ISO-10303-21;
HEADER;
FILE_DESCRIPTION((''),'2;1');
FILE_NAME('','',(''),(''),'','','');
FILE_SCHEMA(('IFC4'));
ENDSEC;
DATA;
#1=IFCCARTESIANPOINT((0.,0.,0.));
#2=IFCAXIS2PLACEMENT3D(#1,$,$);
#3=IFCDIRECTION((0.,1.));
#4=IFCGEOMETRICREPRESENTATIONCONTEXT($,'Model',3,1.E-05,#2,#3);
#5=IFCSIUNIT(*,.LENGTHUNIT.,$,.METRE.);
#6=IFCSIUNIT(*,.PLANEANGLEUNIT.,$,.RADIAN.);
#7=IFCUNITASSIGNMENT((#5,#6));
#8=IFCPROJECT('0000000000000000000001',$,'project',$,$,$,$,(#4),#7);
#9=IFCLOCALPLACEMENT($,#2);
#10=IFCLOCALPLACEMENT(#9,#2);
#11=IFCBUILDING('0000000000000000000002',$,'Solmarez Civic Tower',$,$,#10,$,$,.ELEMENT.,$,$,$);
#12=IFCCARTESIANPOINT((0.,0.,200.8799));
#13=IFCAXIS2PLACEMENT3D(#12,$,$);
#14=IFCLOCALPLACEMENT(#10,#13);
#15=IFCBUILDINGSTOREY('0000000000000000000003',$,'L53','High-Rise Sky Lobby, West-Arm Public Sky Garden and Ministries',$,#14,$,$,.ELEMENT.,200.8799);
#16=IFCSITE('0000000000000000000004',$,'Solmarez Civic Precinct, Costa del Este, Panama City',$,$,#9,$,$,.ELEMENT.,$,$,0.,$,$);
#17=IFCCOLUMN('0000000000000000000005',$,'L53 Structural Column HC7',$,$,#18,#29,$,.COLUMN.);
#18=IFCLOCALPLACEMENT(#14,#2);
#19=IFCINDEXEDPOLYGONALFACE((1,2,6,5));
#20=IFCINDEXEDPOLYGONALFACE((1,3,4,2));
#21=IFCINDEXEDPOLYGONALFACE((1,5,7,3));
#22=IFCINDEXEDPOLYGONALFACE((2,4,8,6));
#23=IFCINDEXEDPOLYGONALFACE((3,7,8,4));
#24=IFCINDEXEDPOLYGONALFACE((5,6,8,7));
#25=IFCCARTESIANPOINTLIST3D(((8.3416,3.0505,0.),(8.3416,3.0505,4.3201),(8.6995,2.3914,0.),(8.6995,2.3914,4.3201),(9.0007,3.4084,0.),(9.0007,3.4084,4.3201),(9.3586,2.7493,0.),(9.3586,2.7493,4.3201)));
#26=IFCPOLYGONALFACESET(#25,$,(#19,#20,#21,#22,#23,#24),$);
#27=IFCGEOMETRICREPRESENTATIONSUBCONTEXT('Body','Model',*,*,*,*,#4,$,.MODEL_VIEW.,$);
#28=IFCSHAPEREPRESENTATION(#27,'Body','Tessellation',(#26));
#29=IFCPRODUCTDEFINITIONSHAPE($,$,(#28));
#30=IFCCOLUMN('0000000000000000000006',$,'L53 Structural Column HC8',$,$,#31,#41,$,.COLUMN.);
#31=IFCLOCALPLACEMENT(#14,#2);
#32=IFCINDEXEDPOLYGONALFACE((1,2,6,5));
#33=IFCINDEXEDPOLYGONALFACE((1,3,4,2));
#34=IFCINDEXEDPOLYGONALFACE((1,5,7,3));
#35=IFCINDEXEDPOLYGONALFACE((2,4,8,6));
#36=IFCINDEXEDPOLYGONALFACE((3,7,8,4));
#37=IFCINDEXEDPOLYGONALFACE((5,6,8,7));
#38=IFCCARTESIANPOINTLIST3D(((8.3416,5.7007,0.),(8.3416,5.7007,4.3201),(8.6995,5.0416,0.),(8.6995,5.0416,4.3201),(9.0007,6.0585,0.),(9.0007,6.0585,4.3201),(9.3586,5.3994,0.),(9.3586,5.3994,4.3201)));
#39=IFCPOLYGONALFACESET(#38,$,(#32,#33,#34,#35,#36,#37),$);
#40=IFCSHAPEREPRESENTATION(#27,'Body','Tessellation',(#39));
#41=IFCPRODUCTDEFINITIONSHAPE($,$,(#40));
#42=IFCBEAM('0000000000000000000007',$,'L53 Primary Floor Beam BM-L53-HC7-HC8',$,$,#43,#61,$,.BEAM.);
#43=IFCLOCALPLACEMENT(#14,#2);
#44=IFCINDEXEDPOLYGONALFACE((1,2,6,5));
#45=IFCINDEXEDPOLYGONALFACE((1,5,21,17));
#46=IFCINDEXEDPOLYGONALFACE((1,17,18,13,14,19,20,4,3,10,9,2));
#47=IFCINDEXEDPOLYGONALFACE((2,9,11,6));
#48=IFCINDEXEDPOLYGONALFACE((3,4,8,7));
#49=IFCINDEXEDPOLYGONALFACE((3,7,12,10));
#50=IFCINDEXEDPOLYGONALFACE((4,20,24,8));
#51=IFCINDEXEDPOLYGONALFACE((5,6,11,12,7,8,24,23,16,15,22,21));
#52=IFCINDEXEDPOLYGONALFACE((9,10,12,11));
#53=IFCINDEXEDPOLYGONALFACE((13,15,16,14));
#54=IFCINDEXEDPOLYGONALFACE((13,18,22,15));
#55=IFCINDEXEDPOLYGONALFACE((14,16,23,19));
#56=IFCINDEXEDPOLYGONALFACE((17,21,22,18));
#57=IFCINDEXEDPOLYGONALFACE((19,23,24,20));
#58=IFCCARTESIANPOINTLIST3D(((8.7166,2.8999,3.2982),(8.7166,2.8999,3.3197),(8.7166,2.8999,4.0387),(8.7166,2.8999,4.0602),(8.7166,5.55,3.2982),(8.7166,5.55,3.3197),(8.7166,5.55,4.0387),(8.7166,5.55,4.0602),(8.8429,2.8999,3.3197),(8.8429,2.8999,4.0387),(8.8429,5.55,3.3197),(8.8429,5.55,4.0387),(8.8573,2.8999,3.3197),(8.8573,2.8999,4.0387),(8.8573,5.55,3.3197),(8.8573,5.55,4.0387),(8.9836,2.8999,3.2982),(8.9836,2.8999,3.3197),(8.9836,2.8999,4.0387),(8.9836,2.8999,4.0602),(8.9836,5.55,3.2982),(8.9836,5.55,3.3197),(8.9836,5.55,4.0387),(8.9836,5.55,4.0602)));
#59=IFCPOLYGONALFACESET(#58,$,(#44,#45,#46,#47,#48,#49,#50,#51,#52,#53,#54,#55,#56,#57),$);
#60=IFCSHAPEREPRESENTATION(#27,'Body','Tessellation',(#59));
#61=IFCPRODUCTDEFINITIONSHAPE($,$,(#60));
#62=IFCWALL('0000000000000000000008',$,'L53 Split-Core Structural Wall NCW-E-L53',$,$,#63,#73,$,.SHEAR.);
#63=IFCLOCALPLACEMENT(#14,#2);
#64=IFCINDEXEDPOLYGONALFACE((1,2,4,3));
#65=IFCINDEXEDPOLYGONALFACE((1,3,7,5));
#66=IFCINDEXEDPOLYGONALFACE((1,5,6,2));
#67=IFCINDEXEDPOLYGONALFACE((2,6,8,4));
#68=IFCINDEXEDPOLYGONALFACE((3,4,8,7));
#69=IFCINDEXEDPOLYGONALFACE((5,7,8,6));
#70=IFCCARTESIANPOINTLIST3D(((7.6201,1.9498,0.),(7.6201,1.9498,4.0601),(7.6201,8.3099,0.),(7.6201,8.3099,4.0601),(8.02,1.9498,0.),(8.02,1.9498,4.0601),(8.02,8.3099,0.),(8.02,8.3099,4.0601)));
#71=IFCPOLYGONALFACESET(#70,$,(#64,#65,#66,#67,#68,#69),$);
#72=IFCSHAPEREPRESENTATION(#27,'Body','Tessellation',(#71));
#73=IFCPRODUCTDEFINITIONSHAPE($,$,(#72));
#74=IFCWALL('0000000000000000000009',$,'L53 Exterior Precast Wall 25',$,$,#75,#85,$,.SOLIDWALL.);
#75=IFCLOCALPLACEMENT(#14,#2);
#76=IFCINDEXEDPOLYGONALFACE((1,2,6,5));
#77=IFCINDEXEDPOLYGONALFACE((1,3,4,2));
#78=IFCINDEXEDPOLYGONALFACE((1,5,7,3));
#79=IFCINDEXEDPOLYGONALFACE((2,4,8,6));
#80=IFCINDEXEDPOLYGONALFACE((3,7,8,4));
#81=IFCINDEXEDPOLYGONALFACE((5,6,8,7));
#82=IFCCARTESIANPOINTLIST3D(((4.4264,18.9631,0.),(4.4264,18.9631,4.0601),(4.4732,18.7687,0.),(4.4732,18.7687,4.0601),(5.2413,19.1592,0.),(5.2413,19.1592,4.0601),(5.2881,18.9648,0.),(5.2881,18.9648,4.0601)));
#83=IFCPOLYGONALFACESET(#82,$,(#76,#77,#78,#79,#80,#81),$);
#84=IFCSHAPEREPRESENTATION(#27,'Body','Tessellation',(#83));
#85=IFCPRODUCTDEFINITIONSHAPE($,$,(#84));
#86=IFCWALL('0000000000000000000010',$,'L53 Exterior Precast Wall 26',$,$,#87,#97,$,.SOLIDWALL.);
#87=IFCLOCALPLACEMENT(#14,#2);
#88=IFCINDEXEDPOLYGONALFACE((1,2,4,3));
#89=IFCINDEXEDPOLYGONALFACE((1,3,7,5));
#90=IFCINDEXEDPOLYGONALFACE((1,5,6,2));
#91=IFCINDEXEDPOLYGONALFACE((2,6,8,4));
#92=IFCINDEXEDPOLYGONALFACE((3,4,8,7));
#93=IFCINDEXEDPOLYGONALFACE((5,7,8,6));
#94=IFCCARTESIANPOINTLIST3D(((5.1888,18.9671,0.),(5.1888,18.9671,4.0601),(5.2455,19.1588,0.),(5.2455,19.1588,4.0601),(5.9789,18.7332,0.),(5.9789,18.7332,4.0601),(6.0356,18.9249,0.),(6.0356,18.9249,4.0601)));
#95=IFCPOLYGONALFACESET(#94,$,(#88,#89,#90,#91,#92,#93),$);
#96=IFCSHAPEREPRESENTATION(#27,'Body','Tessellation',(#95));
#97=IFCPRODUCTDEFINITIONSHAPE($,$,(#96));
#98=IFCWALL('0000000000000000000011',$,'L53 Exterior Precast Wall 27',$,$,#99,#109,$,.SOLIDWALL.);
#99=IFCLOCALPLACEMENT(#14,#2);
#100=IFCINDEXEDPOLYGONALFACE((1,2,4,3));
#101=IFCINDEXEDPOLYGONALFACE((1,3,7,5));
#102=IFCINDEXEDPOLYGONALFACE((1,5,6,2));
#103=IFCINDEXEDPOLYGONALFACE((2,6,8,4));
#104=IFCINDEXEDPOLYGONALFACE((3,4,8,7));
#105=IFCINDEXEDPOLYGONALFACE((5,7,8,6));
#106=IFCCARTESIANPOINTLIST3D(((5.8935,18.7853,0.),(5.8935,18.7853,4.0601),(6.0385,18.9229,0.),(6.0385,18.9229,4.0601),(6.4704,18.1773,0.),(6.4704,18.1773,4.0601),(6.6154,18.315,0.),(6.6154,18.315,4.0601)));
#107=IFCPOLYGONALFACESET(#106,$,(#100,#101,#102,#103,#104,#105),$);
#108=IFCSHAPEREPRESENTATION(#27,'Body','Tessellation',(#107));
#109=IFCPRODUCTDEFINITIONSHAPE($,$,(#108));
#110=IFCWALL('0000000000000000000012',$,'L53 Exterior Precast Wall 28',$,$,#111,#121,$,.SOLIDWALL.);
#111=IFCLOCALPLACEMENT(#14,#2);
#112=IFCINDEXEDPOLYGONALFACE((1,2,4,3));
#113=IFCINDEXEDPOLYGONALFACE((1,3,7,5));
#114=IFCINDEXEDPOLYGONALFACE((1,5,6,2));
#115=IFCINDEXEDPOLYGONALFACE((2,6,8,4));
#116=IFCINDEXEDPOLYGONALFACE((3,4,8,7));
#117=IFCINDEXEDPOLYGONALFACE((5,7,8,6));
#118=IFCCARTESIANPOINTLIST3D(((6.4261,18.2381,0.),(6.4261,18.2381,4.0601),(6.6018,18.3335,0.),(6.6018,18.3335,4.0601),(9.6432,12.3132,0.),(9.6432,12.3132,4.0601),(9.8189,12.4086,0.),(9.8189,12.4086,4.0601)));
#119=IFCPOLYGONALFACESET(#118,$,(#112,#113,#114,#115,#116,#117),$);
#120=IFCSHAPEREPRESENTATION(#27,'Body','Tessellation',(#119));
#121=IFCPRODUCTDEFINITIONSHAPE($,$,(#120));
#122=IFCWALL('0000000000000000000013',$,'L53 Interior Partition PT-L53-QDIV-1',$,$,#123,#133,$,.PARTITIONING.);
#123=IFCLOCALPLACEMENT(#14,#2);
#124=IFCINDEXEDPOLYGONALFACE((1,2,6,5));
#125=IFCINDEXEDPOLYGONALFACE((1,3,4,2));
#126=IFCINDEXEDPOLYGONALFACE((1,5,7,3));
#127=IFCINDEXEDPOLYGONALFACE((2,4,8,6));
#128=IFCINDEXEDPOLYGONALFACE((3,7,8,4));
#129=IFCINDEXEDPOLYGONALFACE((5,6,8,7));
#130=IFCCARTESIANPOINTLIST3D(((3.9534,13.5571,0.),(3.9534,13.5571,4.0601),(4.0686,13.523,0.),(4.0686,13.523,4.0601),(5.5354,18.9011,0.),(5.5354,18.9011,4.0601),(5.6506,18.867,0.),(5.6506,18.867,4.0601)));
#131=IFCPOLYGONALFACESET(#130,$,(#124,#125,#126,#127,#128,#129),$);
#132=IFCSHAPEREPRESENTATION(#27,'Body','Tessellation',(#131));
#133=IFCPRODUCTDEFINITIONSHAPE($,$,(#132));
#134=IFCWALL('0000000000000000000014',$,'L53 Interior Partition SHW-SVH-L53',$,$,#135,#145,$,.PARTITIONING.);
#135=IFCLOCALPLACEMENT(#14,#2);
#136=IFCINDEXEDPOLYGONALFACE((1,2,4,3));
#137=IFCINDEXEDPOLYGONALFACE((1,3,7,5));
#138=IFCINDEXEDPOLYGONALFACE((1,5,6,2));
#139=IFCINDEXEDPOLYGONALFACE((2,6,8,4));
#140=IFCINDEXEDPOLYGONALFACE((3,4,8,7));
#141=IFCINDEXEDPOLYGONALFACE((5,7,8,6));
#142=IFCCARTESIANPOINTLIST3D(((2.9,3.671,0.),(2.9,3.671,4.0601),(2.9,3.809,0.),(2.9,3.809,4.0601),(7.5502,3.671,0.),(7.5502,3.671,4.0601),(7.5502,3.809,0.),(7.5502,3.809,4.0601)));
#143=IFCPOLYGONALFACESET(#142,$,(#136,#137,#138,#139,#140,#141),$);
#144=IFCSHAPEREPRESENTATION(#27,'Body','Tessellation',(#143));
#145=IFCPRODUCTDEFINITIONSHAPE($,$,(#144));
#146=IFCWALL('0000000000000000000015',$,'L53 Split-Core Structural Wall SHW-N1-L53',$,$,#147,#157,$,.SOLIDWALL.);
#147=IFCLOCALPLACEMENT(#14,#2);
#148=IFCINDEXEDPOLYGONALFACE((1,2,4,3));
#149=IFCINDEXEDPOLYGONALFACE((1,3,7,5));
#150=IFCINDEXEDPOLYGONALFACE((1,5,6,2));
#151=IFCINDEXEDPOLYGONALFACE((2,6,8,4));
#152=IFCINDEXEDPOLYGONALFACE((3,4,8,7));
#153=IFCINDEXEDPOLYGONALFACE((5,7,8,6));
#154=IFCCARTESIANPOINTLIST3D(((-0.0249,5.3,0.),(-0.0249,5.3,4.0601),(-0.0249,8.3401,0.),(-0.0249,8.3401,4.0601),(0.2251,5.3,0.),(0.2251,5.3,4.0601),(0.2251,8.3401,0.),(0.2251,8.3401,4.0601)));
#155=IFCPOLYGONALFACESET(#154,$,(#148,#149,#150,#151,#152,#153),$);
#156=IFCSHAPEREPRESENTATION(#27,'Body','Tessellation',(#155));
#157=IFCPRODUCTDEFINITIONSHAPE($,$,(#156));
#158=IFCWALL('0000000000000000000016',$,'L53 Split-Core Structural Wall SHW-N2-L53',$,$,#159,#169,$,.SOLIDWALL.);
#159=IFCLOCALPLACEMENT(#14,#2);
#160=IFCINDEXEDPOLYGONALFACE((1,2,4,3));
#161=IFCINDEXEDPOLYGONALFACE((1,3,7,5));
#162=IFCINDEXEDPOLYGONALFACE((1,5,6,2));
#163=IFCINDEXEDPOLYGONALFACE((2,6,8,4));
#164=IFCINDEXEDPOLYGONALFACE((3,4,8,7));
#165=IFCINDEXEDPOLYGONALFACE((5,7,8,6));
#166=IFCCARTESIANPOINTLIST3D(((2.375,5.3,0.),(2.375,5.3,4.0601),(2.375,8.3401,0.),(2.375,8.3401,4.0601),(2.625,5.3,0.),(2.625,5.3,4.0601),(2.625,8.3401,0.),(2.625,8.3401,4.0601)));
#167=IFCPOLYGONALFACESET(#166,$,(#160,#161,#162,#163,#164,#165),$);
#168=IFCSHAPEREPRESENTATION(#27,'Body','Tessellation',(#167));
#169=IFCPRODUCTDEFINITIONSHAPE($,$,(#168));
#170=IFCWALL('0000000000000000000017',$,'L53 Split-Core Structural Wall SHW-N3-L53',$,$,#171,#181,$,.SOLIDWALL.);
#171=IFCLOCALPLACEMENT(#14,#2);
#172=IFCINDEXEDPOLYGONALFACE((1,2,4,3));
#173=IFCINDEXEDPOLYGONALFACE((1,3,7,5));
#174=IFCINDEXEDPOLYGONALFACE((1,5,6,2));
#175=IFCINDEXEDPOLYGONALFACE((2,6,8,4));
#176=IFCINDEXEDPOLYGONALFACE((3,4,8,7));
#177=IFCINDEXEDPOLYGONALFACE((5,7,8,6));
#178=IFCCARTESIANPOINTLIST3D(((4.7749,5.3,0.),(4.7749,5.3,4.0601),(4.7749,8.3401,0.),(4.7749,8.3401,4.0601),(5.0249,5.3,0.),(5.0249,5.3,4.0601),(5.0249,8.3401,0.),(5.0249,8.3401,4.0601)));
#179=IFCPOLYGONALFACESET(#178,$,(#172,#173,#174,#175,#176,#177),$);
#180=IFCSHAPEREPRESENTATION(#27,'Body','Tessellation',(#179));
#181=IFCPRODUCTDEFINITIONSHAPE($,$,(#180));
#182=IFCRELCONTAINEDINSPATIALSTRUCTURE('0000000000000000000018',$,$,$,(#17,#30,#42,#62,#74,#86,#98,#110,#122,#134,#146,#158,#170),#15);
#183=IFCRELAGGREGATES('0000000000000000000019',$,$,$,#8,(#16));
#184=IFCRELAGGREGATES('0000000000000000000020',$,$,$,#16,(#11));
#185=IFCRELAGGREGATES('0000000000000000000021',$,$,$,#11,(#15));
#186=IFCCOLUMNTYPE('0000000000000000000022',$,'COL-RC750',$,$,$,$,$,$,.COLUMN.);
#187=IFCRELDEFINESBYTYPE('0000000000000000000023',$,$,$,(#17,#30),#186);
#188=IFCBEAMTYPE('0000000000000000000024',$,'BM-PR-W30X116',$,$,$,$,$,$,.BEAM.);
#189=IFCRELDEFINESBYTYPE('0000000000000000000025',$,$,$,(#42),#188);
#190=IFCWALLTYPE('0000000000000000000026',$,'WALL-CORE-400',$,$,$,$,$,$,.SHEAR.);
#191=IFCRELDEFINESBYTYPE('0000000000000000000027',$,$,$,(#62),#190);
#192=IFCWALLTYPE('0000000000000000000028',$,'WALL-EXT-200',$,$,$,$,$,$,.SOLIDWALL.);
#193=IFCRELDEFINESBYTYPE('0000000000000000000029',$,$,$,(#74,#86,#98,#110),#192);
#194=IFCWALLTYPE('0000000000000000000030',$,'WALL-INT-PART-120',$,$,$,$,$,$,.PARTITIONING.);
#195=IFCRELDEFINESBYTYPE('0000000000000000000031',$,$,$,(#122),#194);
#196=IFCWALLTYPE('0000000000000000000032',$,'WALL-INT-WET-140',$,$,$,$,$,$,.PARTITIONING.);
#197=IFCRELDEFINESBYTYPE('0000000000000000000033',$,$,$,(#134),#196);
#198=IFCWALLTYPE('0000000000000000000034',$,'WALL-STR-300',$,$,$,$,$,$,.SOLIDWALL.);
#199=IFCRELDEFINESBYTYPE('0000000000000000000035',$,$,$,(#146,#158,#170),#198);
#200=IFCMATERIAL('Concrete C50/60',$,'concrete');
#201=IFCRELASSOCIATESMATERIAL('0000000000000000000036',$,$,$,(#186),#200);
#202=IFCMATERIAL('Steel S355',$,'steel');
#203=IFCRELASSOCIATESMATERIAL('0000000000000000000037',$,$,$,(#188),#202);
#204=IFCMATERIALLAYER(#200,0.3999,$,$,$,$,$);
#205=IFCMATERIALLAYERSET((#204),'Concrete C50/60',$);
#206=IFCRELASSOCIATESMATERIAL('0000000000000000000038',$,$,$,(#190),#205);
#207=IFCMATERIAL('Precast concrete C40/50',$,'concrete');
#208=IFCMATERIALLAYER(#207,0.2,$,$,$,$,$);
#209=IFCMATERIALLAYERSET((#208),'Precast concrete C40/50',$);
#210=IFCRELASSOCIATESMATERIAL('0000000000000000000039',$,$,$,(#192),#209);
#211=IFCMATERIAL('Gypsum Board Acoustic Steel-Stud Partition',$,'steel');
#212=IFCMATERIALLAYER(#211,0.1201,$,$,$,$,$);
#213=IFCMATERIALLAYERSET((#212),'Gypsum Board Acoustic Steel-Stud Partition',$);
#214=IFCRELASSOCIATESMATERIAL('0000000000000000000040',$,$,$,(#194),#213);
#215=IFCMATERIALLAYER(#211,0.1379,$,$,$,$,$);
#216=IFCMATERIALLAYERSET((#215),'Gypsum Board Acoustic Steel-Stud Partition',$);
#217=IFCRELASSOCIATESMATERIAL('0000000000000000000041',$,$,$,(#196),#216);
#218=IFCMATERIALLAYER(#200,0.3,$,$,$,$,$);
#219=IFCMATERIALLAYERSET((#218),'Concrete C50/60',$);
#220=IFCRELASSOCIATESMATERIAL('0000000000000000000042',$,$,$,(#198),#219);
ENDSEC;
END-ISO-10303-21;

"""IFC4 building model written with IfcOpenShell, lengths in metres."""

from ifc_helpers import new_model, si_unit, direction, frame, frame_2d, origin, origin_2d, place, context, subcontext, project, spatial, rectangle, i_section, extrude, material, layer, layer_set, material_profile, profile_set, type_object, element, save


model = new_model("IFC4")

# Units and contexts
model_context = context("Model", 3, precision=1e-05, world=origin(), true_north=direction((0.0, 1.0)))
body_context = subcontext(model_context, "Body", "Model", "MODEL_VIEW")
ifc_project = project(units=[si_unit("LENGTHUNIT", "METRE"), si_unit("PLANEANGLEUNIT", "RADIAN")], contexts=[model_context])

# Site, building, storey
site_placement = place(None, origin())
site = spatial("IfcSite", under=ifc_project, at=site_placement, Name="Solmarez Civic Precinct, Costa del Este, Panama City", CompositionType="ELEMENT", RefElevation=0.0)
building_placement = place(site_placement, origin())
building = spatial("IfcBuilding", under=site, at=building_placement, Name="Solmarez Civic Tower", CompositionType="ELEMENT")
storey_placement = place(building_placement, frame((0.0, 0.0, 200.8799)))
storey = spatial("IfcBuildingStorey", under=building, at=storey_placement, Name="L53", Description="High-Rise Sky Lobby, West-Arm Public Sky Garden and Ministries", CompositionType="ELEMENT", Elevation=200.8799)

# Columns
ifc_material_1 = material(Name="Concrete C50/60", Category="concrete")
ifc_material_profile_1 = material_profile(ifc_material_1, rectangle(XDim=0.75, YDim=0.75, at=origin_2d()), Name="RC750X750")
ifc_profile_set_1 = profile_set([ifc_material_profile_1], Name="Concrete C50/60")
column_type = type_object("IfcColumnType", Name="COL-RC750", PredefinedType="COLUMN", material=ifc_profile_set_1)
for number, where, z_axis, x_axis, name in (
    (1, (8.8501, 2.8999, 0.0), (0.0, 0.0, 1.0), (0.878817, 0.477159, 0.0), "L53 Structural Column HC7"),
    (2, (8.8501, 5.55, 0.0), (0.0, 0.0, 1.0), (0.878817, 0.477159, 0.0), "L53 Structural Column HC8"),
):
    element("IfcColumn", number, at=place(storey_placement, frame(where, z_axis=z_axis, x_axis=x_axis)), inside=storey, type_object=column_type, Name=name, PredefinedType="COLUMN", context=body_context, shape_type="SweptSolid", body=[
        extrude(rectangle(XDim=0.75, YDim=0.75, at=origin_2d()), origin(), (0.0, 0.0, 1.0), 4.3201),
    ])

# Beam
ifc_material_2 = material(Name="Steel S355", Category="steel")
ifc_material_profile_2 = material_profile(ifc_material_2, i_section(OverallWidth=0.2671, OverallDepth=0.762, WebThickness=0.0144, FlangeThickness=0.0215, at=origin_2d()), Name="W30X116")
ifc_profile_set_2 = profile_set([ifc_material_profile_2], Name="Steel S355")
beam_type = type_object("IfcBeamType", Name="BM-PR-W30X116", PredefinedType="BEAM", material=ifc_profile_set_2)
beam_placement = place(storey_placement, frame((8.8501, 2.8999, 3.6792), z_axis=(0.0, 1.0, 0.0), x_axis=(-1.0, 0.0, 0.0)))
element("IfcBeam", 3, at=beam_placement, inside=storey, type_object=beam_type, Name="L53 Primary Floor Beam BM-L53-HC7-HC8", PredefinedType="BEAM", context=body_context, shape_type="SweptSolid", body=[
    extrude(i_section(OverallWidth=0.2671, OverallDepth=0.762, WebThickness=0.0144, FlangeThickness=0.0215, at=origin_2d()), origin(), (0.0, 0.0, 1.0), 2.6501),
])

# Walls
ifc_layer_1 = layer(ifc_material_1, 0.3999)
ifc_layer_set_1 = layer_set([ifc_layer_1], Name="Concrete C50/60")
wall_type_1 = type_object("IfcWallType", Name="WALL-CORE-400", PredefinedType="SHEAR", material=ifc_layer_set_1)
wall_1_placement = place(storey_placement, frame((7.8201, 8.3101, 0.0), z_axis=(0.0, 0.0, 1.0), x_axis=(0.0, -1.0, 0.0)))
element("IfcWall", 4, at=wall_1_placement, inside=storey, type_object=wall_type_1, Name="L53 Split-Core Structural Wall NCW-E-L53", PredefinedType="SHEAR", context=body_context, shape_type="SweptSolid", body=[
    extrude(rectangle(XDim=6.3601, YDim=0.3999, at=frame_2d((3.1802, 0.0))), origin(), (0.0, 0.0, 1.0), 4.0601),
])
ifc_material_3 = material(Name="Precast concrete C40/50", Category="concrete")
ifc_layer_2 = layer(ifc_material_3, 0.2)
ifc_layer_set_2 = layer_set([ifc_layer_2], Name="Precast concrete C40/50")
wall_type_2 = type_object("IfcWallType", Name="WALL-EXT-200", PredefinedType="SOLIDWALL", material=ifc_layer_set_2)
wall_2_placement = place(storey_placement, frame((4.45, 18.866, 0.0), z_axis=(0.0, 0.0, 1.0), x_axis=(0.972263, 0.233891, 0.0)))
element("IfcWall", 5, at=wall_2_placement, inside=storey, type_object=wall_type_2, Name="L53 Exterior Precast Wall 25", PredefinedType="SOLIDWALL", context=body_context, shape_type="SweptSolid", body=[
    extrude(rectangle(XDim=0.8381, YDim=0.2, at=frame_2d((0.4189, 0.0))), origin(), (0.0, 0.0, 1.0), 4.0601),
])
wall_3_placement = place(storey_placement, frame((5.217, 19.063, 0.0), z_axis=(0.0, 0.0, 1.0), x_axis=(0.958864, -0.283866, 0.0)))
element("IfcWall", 6, at=wall_3_placement, inside=storey, type_object=wall_type_2, Name="L53 Exterior Precast Wall 26", PredefinedType="SOLIDWALL", context=body_context, shape_type="SweptSolid", body=[
    extrude(rectangle(XDim=0.824, YDim=0.2, at=frame_2d((0.4121, 0.0))), origin(), (0.0, 0.0, 1.0), 4.0601),
])
wall_4_placement = place(storey_placement, frame((5.9661, 18.854, 0.0), z_axis=(0.0, 0.0, 1.0), x_axis=(0.688367, -0.725363, 0.0)))
element("IfcWall", 7, at=wall_4_placement, inside=storey, type_object=wall_type_2, Name="L53 Exterior Precast Wall 27", PredefinedType="SOLIDWALL", context=body_context, shape_type="SweptSolid", body=[
    extrude(rectangle(XDim=0.8381, YDim=0.2, at=frame_2d((0.4189, 0.0))), origin(), (0.0, 0.0, 1.0), 4.0601),
])
wall_5_placement = place(storey_placement, frame((6.5139, 18.2859, 0.0), z_axis=(0.0, 0.0, 1.0), x_axis=(0.477174, -0.878809, 0.0)))
element("IfcWall", 8, at=wall_5_placement, inside=storey, type_object=wall_type_2, Name="L53 Exterior Precast Wall 28", PredefinedType="SOLIDWALL", context=body_context, shape_type="SweptSolid", body=[
    extrude(rectangle(XDim=6.7419, YDim=0.2, at=frame_2d((3.3711, 0.0))), origin(), (0.0, 0.0, 1.0), 4.0601),
])
ifc_material_4 = material(Name="Gypsum Board Acoustic Steel-Stud Partition", Category="steel")
ifc_layer_3 = layer(ifc_material_4, 0.1201)
ifc_layer_set_3 = layer_set([ifc_layer_3], Name="Gypsum Board Acoustic Steel-Stud Partition")
wall_type_3 = type_object("IfcWallType", Name="WALL-INT-PART-120", PredefinedType="PARTITIONING", material=ifc_layer_set_3)
wall_6_placement = place(storey_placement, frame((4.011, 13.54, 0.0), z_axis=(0.0, 0.0, 1.0), x_axis=(0.283862, 0.958865, 0.0)))
element("IfcWall", 9, at=wall_6_placement, inside=storey, type_object=wall_type_3, Name="L53 Interior Partition PT-L53-QDIV-1", PredefinedType="PARTITIONING", context=body_context, shape_type="SweptSolid", body=[
    extrude(rectangle(XDim=5.5732, YDim=0.1201, at=frame_2d((2.7866, 0.0))), origin(), (0.0, 0.0, 1.0), 4.0601),
])
ifc_layer_4 = layer(ifc_material_4, 0.1379)
ifc_layer_set_4 = layer_set([ifc_layer_4], Name="Gypsum Board Acoustic Steel-Stud Partition")
wall_type_4 = type_object("IfcWallType", Name="WALL-INT-WET-140", PredefinedType="PARTITIONING", material=ifc_layer_set_4)
wall_7_placement = place(storey_placement, frame((2.8999, 3.74, 0.0), z_axis=(0.0, 0.0, 1.0), x_axis=(1.0, 0.0, 0.0)))
element("IfcWall", 10, at=wall_7_placement, inside=storey, type_object=wall_type_4, Name="L53 Interior Partition SHW-SVH-L53", PredefinedType="PARTITIONING", context=body_context, shape_type="SweptSolid", body=[
    extrude(rectangle(XDim=4.6501, YDim=0.1379, at=frame_2d((2.3252, 0.0))), origin(), (0.0, 0.0, 1.0), 4.0601),
])

# Shared definitions
ifc_layer_5 = layer(ifc_material_1, 0.3)
ifc_layer_set_5 = layer_set([ifc_layer_5], Name="Concrete C50/60")
wall_type_5 = type_object("IfcWallType", Name="WALL-STR-300", PredefinedType="SOLIDWALL", material=ifc_layer_set_5)

# Walls
for number, where, z_axis, x_axis, name in (
    (11, (0.1001, 5.3, 0.0), (0.0, 0.0, 1.0), (0.0, 1.0, 0.0), "L53 Split-Core Structural Wall SHW-N1-L53"),
    (12, (2.5, 5.3, 0.0), (0.0, 0.0, 1.0), (0.0, 1.0, 0.0), "L53 Split-Core Structural Wall SHW-N2-L53"),
    (13, (4.8999, 5.3, 0.0), (0.0, 0.0, 1.0), (0.0, 1.0, 0.0), "L53 Split-Core Structural Wall SHW-N3-L53"),
):
    element("IfcWall", number, at=place(storey_placement, frame(where, z_axis=z_axis, x_axis=x_axis)), inside=storey, type_object=wall_type_5, Name=name, PredefinedType="SOLIDWALL", context=body_context, shape_type="SweptSolid", body=[
        extrude(rectangle(XDim=3.04, YDim=0.25, at=frame_2d((1.52, 0.0))), origin(), (0.0, 0.0, 1.0), 4.0601),
    ])

save(model, "model.ifc")
